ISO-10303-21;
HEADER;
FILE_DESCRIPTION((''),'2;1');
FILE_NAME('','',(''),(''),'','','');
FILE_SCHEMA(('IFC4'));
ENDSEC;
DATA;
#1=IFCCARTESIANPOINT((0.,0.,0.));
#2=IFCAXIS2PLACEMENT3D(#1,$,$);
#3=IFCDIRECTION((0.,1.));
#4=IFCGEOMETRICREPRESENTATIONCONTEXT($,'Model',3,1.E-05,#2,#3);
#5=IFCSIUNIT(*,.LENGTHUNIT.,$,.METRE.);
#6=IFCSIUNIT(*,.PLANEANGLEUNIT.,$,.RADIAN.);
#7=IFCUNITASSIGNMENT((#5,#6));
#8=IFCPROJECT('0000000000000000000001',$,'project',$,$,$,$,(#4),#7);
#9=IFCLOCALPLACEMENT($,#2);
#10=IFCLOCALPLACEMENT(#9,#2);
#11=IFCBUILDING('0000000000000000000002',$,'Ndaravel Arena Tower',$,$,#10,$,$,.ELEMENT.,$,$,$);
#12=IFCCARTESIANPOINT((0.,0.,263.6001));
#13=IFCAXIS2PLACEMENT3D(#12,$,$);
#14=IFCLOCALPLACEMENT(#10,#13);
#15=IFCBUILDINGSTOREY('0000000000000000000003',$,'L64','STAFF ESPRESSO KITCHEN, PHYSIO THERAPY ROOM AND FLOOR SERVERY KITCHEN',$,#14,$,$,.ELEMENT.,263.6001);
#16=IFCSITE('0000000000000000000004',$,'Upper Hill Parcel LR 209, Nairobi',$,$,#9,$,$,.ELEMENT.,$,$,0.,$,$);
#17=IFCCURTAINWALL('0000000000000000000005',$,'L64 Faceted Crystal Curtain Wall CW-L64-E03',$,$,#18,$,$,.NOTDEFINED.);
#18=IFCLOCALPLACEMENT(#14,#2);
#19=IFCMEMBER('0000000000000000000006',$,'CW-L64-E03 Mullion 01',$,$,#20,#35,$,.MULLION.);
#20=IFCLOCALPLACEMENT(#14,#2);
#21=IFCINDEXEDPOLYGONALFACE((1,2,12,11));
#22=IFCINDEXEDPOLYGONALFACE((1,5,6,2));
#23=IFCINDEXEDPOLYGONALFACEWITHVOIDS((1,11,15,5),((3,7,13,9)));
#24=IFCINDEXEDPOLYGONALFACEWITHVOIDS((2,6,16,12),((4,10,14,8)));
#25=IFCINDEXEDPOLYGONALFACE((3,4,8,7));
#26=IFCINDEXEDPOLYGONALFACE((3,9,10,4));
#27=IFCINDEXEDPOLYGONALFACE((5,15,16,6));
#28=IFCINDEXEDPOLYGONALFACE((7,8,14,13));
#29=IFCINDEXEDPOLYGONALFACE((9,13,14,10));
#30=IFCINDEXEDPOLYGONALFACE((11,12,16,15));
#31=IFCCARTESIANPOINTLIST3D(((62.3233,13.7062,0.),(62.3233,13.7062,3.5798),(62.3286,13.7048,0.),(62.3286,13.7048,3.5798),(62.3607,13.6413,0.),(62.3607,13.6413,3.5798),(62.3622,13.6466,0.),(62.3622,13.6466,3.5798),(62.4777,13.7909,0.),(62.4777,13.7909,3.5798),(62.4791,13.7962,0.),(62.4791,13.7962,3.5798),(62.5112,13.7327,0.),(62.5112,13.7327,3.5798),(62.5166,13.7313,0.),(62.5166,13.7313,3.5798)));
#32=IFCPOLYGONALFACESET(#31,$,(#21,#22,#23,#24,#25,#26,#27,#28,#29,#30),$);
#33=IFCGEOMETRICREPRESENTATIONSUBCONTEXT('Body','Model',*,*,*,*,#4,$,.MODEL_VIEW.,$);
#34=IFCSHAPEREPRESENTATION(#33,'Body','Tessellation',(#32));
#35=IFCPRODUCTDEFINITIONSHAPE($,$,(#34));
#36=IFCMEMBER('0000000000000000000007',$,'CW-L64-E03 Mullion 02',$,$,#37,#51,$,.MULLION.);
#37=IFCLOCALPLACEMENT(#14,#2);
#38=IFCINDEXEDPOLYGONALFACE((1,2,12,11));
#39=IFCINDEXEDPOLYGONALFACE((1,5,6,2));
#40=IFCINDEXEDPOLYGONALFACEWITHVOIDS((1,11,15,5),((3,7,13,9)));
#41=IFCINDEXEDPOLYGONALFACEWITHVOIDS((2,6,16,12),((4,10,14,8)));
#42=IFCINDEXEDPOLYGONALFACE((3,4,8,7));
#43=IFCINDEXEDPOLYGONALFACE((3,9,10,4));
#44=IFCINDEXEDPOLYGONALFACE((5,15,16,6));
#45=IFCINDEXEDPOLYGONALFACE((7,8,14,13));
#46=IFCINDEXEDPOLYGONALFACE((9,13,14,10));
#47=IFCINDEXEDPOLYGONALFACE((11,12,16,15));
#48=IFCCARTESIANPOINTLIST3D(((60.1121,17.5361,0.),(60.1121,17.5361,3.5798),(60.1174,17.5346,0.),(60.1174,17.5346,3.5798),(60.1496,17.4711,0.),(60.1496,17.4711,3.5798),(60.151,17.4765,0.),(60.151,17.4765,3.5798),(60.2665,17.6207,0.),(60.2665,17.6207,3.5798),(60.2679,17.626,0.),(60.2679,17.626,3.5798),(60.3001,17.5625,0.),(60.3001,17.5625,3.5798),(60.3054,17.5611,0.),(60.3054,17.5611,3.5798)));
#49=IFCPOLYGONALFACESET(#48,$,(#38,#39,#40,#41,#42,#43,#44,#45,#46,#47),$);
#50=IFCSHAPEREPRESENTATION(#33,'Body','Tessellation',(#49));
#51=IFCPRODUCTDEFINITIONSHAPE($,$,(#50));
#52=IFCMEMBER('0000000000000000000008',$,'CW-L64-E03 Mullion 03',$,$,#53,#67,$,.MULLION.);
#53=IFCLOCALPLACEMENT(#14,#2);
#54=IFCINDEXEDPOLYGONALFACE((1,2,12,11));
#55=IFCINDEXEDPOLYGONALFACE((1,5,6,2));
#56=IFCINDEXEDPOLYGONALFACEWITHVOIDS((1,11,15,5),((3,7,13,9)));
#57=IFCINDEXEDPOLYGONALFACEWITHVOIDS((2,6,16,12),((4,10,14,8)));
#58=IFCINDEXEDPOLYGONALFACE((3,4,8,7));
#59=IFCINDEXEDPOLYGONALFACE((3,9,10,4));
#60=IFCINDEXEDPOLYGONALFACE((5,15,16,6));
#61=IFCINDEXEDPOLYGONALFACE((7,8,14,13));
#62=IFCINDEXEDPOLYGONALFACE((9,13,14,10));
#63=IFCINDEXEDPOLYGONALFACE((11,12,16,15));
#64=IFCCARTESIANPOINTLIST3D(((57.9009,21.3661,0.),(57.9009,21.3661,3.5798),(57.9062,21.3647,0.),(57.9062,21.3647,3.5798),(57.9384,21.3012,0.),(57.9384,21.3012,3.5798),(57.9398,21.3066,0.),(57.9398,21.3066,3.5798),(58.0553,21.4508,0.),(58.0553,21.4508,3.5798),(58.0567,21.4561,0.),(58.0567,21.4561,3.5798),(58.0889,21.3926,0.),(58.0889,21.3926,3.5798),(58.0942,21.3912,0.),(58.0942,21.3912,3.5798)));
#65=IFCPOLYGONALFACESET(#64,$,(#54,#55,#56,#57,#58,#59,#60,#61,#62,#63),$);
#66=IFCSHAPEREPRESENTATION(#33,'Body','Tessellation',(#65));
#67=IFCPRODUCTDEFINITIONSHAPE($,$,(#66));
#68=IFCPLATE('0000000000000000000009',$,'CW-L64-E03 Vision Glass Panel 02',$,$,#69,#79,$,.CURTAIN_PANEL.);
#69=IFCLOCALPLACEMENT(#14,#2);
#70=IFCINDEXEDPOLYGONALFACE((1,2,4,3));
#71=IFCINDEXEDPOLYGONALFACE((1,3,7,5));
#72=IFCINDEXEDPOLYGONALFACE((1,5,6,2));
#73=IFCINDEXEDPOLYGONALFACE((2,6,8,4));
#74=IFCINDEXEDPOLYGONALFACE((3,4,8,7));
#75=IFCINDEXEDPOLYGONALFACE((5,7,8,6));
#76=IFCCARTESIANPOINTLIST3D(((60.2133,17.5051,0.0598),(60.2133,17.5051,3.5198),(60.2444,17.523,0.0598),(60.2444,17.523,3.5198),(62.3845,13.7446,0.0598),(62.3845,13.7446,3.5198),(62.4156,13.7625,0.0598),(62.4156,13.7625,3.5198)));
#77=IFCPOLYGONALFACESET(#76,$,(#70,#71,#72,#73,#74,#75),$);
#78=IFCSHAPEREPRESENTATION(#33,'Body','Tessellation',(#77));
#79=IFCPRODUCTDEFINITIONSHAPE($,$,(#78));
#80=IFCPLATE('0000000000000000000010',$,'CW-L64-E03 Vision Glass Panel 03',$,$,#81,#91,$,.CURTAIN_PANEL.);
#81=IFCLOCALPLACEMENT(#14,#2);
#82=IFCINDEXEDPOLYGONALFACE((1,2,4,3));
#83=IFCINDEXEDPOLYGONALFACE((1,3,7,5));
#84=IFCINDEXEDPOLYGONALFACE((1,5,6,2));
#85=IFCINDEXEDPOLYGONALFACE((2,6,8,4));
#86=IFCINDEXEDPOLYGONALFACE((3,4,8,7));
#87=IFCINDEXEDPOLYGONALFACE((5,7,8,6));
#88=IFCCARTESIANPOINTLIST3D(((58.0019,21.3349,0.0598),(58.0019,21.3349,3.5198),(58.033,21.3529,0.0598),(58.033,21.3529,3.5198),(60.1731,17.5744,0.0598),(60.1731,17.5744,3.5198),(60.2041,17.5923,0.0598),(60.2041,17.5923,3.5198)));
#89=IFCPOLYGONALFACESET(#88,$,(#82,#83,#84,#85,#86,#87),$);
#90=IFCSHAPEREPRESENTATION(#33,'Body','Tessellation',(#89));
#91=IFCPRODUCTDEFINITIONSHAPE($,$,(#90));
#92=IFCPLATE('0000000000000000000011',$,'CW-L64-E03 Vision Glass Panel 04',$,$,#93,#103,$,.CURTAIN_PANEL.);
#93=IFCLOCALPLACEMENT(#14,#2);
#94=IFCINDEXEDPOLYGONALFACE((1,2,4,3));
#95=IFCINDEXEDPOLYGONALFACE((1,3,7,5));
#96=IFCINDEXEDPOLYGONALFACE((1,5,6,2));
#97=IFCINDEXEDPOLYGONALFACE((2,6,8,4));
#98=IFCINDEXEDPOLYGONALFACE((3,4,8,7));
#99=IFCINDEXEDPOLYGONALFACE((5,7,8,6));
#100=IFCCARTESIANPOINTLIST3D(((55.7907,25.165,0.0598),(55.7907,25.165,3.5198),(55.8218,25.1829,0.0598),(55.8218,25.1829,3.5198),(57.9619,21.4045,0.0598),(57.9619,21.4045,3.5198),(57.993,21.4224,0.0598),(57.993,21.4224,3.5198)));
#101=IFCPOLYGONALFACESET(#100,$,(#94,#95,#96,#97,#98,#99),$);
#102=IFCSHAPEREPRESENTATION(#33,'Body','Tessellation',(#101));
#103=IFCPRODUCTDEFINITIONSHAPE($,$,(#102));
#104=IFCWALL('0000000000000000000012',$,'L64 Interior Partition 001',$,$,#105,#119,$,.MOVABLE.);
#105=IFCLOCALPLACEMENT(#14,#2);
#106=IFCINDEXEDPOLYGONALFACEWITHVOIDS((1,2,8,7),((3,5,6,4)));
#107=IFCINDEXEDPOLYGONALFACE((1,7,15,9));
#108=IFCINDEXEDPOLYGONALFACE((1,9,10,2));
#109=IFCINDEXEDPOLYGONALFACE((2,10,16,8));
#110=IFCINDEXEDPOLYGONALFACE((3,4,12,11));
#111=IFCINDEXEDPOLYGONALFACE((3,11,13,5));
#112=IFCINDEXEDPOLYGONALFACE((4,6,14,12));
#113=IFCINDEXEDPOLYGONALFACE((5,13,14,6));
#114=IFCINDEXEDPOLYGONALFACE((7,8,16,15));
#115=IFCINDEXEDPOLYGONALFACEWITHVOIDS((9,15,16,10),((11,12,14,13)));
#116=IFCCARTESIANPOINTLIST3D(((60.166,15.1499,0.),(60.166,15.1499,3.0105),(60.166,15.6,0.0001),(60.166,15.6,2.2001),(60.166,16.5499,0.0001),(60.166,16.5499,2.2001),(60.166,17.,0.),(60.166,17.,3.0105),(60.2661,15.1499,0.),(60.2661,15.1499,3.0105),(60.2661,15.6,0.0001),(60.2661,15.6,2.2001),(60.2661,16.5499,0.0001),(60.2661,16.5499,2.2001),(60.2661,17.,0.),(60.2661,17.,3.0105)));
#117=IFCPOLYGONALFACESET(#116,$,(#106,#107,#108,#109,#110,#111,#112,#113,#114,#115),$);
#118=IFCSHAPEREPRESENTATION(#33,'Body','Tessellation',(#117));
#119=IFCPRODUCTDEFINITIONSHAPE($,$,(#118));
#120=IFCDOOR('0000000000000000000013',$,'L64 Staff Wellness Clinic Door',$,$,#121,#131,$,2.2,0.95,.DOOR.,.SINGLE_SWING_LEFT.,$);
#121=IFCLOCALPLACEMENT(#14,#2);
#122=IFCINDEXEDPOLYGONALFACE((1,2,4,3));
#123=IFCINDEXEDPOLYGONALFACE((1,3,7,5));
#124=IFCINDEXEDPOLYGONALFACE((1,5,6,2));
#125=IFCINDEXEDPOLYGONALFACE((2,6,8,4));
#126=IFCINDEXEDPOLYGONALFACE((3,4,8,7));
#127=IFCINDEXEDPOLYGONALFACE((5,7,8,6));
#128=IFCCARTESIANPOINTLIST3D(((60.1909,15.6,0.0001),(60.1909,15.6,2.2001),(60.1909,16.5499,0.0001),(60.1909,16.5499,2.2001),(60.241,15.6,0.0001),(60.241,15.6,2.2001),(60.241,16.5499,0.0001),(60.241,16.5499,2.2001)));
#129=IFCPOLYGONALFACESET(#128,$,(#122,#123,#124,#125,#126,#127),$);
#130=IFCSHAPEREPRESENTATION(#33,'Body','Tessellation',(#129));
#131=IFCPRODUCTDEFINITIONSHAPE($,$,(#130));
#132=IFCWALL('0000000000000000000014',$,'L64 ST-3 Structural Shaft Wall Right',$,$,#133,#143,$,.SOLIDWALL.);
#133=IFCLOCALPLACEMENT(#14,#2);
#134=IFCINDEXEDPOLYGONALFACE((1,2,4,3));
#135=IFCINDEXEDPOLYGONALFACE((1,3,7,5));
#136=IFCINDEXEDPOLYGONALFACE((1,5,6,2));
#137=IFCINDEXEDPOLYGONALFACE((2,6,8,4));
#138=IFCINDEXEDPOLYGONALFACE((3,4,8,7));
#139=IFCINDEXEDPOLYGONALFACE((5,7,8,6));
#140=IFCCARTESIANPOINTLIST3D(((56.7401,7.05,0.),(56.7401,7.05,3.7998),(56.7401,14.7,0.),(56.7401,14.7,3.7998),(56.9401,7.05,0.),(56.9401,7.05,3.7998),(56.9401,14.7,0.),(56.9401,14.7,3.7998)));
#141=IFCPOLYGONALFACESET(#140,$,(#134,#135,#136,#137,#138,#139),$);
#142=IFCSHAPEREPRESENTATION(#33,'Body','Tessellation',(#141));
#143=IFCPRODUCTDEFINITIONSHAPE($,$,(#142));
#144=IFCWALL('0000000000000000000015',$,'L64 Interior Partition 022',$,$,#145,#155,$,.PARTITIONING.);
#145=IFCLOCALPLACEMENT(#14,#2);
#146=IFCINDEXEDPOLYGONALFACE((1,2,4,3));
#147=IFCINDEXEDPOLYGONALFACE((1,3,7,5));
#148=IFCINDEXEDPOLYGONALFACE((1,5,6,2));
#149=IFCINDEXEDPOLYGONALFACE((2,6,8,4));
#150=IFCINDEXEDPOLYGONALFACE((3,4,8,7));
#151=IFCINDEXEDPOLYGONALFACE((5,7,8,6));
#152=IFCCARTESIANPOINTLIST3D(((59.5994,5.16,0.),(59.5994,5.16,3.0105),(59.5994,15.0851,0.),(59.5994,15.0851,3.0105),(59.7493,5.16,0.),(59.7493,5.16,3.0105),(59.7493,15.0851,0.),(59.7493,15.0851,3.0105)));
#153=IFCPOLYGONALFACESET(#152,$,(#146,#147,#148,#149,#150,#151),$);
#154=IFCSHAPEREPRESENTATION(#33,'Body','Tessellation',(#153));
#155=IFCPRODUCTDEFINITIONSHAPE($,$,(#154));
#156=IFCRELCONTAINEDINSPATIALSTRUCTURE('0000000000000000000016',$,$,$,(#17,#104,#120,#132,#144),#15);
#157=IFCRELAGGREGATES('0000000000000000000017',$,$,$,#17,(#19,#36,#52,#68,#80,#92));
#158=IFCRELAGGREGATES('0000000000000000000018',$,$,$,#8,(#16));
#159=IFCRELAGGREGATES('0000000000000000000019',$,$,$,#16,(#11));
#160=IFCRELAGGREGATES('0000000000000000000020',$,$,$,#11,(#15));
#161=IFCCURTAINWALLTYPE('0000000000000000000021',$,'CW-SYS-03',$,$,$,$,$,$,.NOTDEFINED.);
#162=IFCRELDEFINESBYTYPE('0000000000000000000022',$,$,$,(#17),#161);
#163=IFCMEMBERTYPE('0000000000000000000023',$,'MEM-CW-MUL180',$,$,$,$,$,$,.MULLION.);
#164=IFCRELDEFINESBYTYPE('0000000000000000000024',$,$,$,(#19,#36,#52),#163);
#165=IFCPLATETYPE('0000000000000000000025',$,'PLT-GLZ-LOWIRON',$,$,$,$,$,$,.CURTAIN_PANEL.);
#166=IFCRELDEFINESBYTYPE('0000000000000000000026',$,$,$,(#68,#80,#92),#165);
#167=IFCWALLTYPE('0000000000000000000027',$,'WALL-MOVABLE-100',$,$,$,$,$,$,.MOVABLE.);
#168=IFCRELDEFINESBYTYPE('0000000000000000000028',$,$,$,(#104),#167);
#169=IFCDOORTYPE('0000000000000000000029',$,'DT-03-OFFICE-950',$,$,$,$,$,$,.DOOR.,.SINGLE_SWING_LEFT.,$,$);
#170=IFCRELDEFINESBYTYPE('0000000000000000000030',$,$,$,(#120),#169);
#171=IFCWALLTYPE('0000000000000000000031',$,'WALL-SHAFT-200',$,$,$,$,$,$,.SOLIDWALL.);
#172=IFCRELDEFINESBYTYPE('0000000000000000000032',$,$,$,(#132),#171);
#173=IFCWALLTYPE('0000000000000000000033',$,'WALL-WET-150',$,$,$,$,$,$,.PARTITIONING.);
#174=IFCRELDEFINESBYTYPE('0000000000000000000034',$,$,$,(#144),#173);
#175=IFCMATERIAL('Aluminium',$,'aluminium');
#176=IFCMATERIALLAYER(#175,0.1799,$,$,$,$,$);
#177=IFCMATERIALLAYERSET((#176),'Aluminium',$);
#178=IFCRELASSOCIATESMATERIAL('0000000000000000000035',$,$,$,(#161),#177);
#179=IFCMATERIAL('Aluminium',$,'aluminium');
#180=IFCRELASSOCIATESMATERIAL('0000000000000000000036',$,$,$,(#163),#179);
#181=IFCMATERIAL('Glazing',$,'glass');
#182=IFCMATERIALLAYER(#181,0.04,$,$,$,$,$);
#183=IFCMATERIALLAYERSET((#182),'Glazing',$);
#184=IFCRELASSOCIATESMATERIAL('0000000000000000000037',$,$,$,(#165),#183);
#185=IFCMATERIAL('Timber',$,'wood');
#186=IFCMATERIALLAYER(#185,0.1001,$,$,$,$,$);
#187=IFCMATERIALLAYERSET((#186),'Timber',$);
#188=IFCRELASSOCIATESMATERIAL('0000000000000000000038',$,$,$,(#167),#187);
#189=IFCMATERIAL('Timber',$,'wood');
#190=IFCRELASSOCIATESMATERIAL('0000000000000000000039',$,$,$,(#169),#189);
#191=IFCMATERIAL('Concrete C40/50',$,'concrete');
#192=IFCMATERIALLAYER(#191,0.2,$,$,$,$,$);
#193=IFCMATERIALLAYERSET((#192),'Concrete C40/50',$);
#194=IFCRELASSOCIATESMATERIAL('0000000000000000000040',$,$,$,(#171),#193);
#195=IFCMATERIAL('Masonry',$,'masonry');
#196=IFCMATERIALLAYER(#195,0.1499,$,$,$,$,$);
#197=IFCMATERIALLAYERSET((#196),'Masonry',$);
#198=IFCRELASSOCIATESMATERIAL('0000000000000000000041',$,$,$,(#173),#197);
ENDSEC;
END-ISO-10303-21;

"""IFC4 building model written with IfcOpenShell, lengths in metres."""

from ifc_helpers import new_model, si_unit, direction, frame, frame_2d, origin, origin_2d, place, context, subcontext, project, spatial, rectangle, hollow_rectangle, extrude, material, layer, layer_set, material_profile, profile_set, type_object, element, fill, aggregate, save


model = new_model("IFC4")

# Units and contexts
model_context = context("Model", 3, precision=1e-05, world=origin(), true_north=direction((0.0, 1.0)))
body_context = subcontext(model_context, "Body", "Model", "MODEL_VIEW")
ifc_project = project(units=[si_unit("LENGTHUNIT", "METRE"), si_unit("PLANEANGLEUNIT", "RADIAN")], contexts=[model_context])

# Site, building, storey
site_placement = place(None, origin())
site = spatial("IfcSite", under=ifc_project, at=site_placement, Name="Upper Hill Parcel LR 209, Nairobi", CompositionType="ELEMENT", RefElevation=0.0)
building_placement = place(site_placement, origin())
building = spatial("IfcBuilding", under=site, at=building_placement, Name="Ndaravel Arena Tower", CompositionType="ELEMENT")
storey_placement = place(building_placement, frame((0.0, 0.0, 263.6001)))
storey = spatial("IfcBuildingStorey", under=building, at=storey_placement, Name="L64", Description="STAFF ESPRESSO KITCHEN, PHYSIO THERAPY ROOM AND FLOOR SERVERY KITCHEN", CompositionType="ELEMENT", Elevation=263.6001)

# Curtain wall, members, plates
ifc_material_1 = material(Name="Aluminium", Category="aluminium")
ifc_layer_1 = layer(ifc_material_1, 0.1799)
ifc_layer_set_1 = layer_set([ifc_layer_1], Name="Aluminium")
curtain_wall_type = type_object("IfcCurtainWallType", Name="CW-SYS-03", PredefinedType="NOTDEFINED", material=ifc_layer_set_1)
curtain_wall_placement = place(storey_placement, origin())
curtain_wall = element("IfcCurtainWall", 1, at=curtain_wall_placement, inside=storey, type_object=curtain_wall_type, Name="L64 Faceted Crystal Curtain Wall CW-L64-E03", PredefinedType="NOTDEFINED")
ifc_material_2 = material(Name="Aluminium", Category="aluminium")
ifc_material_profile = material_profile(ifc_material_2, hollow_rectangle(XDim=0.075, YDim=0.1799, WallThickness=0.0039, at=origin_2d()), Name="CW MULLION 75x180x4")
ifc_profile_set = profile_set([ifc_material_profile], Name="Aluminium")
member_type = type_object("IfcMemberType", Name="MEM-CW-MUL180", PredefinedType="MULLION", material=ifc_profile_set)
member_1_placement = place(storey_placement, frame((62.4199, 13.7188, 0.0), z_axis=(0.0, 0.0, 1.0), x_axis=(-0.5, 0.866025, 0.0)))
member_1 = element("IfcMember", 2, at=member_1_placement, type_object=member_type, Name="CW-L64-E03 Mullion 01", PredefinedType="MULLION", context=body_context, shape_type="SweptSolid", body=[
    extrude(hollow_rectangle(XDim=0.075, YDim=0.1799, WallThickness=0.0039, at=origin_2d()), origin(), (0.0, 0.0, 1.0), 3.5798),
])
member_2_placement = place(storey_placement, frame((60.2087, 17.5486, 0.0), z_axis=(0.0, 0.0, 1.0), x_axis=(-0.5, 0.866025, 0.0)))
member_2 = element("IfcMember", 3, at=member_2_placement, type_object=member_type, Name="CW-L64-E03 Mullion 02", PredefinedType="MULLION", context=body_context, shape_type="SweptSolid", body=[
    extrude(hollow_rectangle(XDim=0.075, YDim=0.1799, WallThickness=0.0039, at=origin_2d()), origin(), (0.0, 0.0, 1.0), 3.5798),
])
member_3_placement = place(storey_placement, frame((57.9976, 21.3787, 0.0), z_axis=(0.0, 0.0, 1.0), x_axis=(-0.5, 0.866025, 0.0)))
member_3 = element("IfcMember", 4, at=member_3_placement, type_object=member_type, Name="CW-L64-E03 Mullion 03", PredefinedType="MULLION", context=body_context, shape_type="SweptSolid", body=[
    extrude(hollow_rectangle(XDim=0.075, YDim=0.1799, WallThickness=0.0039, at=origin_2d()), origin(), (0.0, 0.0, 1.0), 3.5798),
])
ifc_material_3 = material(Name="Glazing", Category="glass")
ifc_layer_2 = layer(ifc_material_3, 0.04)
ifc_layer_set_2 = layer_set([ifc_layer_2], Name="Glazing")
plate_type = type_object("IfcPlateType", Name="PLT-GLZ-LOWIRON", PredefinedType="CURTAIN_PANEL", material=ifc_layer_set_2)
plate_1_placement = place(storey_placement, frame((61.3145, 15.6338, 0.0598), z_axis=(0.0, 0.0, 1.0), x_axis=(-0.5, 0.866025, 0.0)))
plate_1 = element("IfcPlate", 5, at=plate_1_placement, type_object=plate_type, Name="CW-L64-E03 Vision Glass Panel 02", PredefinedType="CURTAIN_PANEL", context=body_context, shape_type="SweptSolid", body=[
    extrude(rectangle(XDim=4.3423, YDim=0.0359, at=origin_2d()), origin(), (0.0, 0.0, 1.0), 3.46),
])
plate_2_placement = place(storey_placement, frame((59.103, 19.4636, 0.0598), z_axis=(0.0, 0.0, 1.0), x_axis=(-0.5, 0.866025, 0.0)))
plate_2 = element("IfcPlate", 6, at=plate_2_placement, type_object=plate_type, Name="CW-L64-E03 Vision Glass Panel 03", PredefinedType="CURTAIN_PANEL", context=body_context, shape_type="SweptSolid", body=[
    extrude(rectangle(XDim=4.3423, YDim=0.0359, at=origin_2d()), origin(), (0.0, 0.0, 1.0), 3.46),
])
plate_3_placement = place(storey_placement, frame((56.8918, 23.2937, 0.0598), z_axis=(0.0, 0.0, 1.0), x_axis=(-0.5, 0.866025, 0.0)))
plate_3 = element("IfcPlate", 7, at=plate_3_placement, type_object=plate_type, Name="CW-L64-E03 Vision Glass Panel 04", PredefinedType="CURTAIN_PANEL", context=body_context, shape_type="SweptSolid", body=[
    extrude(rectangle(XDim=4.3423, YDim=0.0359, at=origin_2d()), origin(), (0.0, 0.0, 1.0), 3.46),
])
aggregate(curtain_wall, [member_1, member_2, member_3, plate_1, plate_2, plate_3])

# Wall, opening, door
ifc_material_4 = material(Name="Timber", Category="wood")
ifc_layer_3 = layer(ifc_material_4, 0.1001)
ifc_layer_set_3 = layer_set([ifc_layer_3], Name="Timber")
wall_type_1 = type_object("IfcWallType", Name="WALL-MOVABLE-100", PredefinedType="MOVABLE", material=ifc_layer_set_3)
wall_1_placement = place(storey_placement, frame((60.2161, 17.0, 0.0), z_axis=(0.0, 0.0, 1.0), x_axis=(0.0, -1.0, 0.0)))
wall_1 = element("IfcWall", 8, at=wall_1_placement, inside=storey, type_object=wall_type_1, Name="L64 Interior Partition 001", PredefinedType="MOVABLE", context=body_context, shape_type="SweptSolid", body=[
    extrude(rectangle(XDim=1.8501, YDim=0.1001, at=frame_2d((0.925, 0.0))), origin(), (0.0, 0.0, 1.0), 3.0105),
])
opening_1_placement = place(wall_1_placement, frame((0.45, 0.0, 0.0)))
opening_1 = element("IfcOpeningElement", 9, at=opening_1_placement, cuts=wall_1, PredefinedType="OPENING", context=body_context, shape_type="SweptSolid", body=[
    extrude(rectangle(XDim=0.95, YDim=2.2, at=frame_2d((0.4751, 1.1001))), frame((0.0, 0.05, 0.0), z_axis=(0.0, -1.0, 0.0), x_axis=(1.0, 0.0, 0.0)), (0.0, 0.0, 1.0), 0.1001),
])
ifc_material_5 = material(Name="Timber", Category="wood")
door_type_1 = type_object("IfcDoorType", Name="DT-03-OFFICE-950", OperationType="SINGLE_SWING_LEFT", PredefinedType="DOOR", material=ifc_material_5)
door_1_placement = place(opening_1_placement, origin())
door_1 = element("IfcDoor", 10, at=door_1_placement, inside=storey, type_object=door_type_1, Name="L64 Staff Wellness Clinic Door", OperationType="SINGLE_SWING_LEFT", OverallHeight=2.2, OverallWidth=0.95, PredefinedType="DOOR", context=body_context, shape_type="SweptSolid", body=[
    extrude(rectangle(XDim=0.95, YDim=2.2, at=frame_2d((0.4751, 1.1001))), frame((0.0, 0.0249, 0.0), z_axis=(0.0, -1.0, 0.0), x_axis=(1.0, 0.0, 0.0)), (0.0, 0.0, 1.0), 0.05),
])
fill(opening_1, door_1)

# Wall
ifc_material_6 = material(Name="Concrete C40/50", Category="concrete")
ifc_layer_4 = layer(ifc_material_6, 0.2)
ifc_layer_set_4 = layer_set([ifc_layer_4], Name="Concrete C40/50")
wall_type_2 = type_object("IfcWallType", Name="WALL-SHAFT-200", PredefinedType="SOLIDWALL", material=ifc_layer_set_4)
wall_2_placement = place(storey_placement, frame((56.8401, 14.7, 0.0), z_axis=(0.0, 0.0, 1.0), x_axis=(0.0, -1.0, 0.0)))
element("IfcWall", 11, at=wall_2_placement, inside=storey, type_object=wall_type_2, Name="L64 ST-3 Structural Shaft Wall Right", PredefinedType="SOLIDWALL", context=body_context, shape_type="SweptSolid", body=[
    extrude(rectangle(XDim=7.6499, YDim=0.2, at=frame_2d((3.825, 0.0))), origin(), (0.0, 0.0, 1.0), 3.7998),
])

# Shared definitions
ifc_material_7 = material(Name="Masonry", Category="masonry")
ifc_layer_5 = layer(ifc_material_7, 0.1499)
ifc_layer_set_5 = layer_set([ifc_layer_5], Name="Masonry")
wall_type_3 = type_object("IfcWallType", Name="WALL-WET-150", PredefinedType="PARTITIONING", material=ifc_layer_set_5)

# Wall
wall_3_placement = place(storey_placement, frame((59.6743, 15.085, 0.0), z_axis=(0.0, 0.0, 1.0), x_axis=(0.0, -1.0, 0.0)))
element("IfcWall", 12, at=wall_3_placement, inside=storey, type_object=wall_type_3, Name="L64 Interior Partition 022", PredefinedType="PARTITIONING", context=body_context, shape_type="SweptSolid", body=[
    extrude(rectangle(XDim=9.925, YDim=0.1499, at=frame_2d((4.9624, 0.0))), origin(), (0.0, 0.0, 1.0), 3.0105),
])

save(model, "model.ifc")
